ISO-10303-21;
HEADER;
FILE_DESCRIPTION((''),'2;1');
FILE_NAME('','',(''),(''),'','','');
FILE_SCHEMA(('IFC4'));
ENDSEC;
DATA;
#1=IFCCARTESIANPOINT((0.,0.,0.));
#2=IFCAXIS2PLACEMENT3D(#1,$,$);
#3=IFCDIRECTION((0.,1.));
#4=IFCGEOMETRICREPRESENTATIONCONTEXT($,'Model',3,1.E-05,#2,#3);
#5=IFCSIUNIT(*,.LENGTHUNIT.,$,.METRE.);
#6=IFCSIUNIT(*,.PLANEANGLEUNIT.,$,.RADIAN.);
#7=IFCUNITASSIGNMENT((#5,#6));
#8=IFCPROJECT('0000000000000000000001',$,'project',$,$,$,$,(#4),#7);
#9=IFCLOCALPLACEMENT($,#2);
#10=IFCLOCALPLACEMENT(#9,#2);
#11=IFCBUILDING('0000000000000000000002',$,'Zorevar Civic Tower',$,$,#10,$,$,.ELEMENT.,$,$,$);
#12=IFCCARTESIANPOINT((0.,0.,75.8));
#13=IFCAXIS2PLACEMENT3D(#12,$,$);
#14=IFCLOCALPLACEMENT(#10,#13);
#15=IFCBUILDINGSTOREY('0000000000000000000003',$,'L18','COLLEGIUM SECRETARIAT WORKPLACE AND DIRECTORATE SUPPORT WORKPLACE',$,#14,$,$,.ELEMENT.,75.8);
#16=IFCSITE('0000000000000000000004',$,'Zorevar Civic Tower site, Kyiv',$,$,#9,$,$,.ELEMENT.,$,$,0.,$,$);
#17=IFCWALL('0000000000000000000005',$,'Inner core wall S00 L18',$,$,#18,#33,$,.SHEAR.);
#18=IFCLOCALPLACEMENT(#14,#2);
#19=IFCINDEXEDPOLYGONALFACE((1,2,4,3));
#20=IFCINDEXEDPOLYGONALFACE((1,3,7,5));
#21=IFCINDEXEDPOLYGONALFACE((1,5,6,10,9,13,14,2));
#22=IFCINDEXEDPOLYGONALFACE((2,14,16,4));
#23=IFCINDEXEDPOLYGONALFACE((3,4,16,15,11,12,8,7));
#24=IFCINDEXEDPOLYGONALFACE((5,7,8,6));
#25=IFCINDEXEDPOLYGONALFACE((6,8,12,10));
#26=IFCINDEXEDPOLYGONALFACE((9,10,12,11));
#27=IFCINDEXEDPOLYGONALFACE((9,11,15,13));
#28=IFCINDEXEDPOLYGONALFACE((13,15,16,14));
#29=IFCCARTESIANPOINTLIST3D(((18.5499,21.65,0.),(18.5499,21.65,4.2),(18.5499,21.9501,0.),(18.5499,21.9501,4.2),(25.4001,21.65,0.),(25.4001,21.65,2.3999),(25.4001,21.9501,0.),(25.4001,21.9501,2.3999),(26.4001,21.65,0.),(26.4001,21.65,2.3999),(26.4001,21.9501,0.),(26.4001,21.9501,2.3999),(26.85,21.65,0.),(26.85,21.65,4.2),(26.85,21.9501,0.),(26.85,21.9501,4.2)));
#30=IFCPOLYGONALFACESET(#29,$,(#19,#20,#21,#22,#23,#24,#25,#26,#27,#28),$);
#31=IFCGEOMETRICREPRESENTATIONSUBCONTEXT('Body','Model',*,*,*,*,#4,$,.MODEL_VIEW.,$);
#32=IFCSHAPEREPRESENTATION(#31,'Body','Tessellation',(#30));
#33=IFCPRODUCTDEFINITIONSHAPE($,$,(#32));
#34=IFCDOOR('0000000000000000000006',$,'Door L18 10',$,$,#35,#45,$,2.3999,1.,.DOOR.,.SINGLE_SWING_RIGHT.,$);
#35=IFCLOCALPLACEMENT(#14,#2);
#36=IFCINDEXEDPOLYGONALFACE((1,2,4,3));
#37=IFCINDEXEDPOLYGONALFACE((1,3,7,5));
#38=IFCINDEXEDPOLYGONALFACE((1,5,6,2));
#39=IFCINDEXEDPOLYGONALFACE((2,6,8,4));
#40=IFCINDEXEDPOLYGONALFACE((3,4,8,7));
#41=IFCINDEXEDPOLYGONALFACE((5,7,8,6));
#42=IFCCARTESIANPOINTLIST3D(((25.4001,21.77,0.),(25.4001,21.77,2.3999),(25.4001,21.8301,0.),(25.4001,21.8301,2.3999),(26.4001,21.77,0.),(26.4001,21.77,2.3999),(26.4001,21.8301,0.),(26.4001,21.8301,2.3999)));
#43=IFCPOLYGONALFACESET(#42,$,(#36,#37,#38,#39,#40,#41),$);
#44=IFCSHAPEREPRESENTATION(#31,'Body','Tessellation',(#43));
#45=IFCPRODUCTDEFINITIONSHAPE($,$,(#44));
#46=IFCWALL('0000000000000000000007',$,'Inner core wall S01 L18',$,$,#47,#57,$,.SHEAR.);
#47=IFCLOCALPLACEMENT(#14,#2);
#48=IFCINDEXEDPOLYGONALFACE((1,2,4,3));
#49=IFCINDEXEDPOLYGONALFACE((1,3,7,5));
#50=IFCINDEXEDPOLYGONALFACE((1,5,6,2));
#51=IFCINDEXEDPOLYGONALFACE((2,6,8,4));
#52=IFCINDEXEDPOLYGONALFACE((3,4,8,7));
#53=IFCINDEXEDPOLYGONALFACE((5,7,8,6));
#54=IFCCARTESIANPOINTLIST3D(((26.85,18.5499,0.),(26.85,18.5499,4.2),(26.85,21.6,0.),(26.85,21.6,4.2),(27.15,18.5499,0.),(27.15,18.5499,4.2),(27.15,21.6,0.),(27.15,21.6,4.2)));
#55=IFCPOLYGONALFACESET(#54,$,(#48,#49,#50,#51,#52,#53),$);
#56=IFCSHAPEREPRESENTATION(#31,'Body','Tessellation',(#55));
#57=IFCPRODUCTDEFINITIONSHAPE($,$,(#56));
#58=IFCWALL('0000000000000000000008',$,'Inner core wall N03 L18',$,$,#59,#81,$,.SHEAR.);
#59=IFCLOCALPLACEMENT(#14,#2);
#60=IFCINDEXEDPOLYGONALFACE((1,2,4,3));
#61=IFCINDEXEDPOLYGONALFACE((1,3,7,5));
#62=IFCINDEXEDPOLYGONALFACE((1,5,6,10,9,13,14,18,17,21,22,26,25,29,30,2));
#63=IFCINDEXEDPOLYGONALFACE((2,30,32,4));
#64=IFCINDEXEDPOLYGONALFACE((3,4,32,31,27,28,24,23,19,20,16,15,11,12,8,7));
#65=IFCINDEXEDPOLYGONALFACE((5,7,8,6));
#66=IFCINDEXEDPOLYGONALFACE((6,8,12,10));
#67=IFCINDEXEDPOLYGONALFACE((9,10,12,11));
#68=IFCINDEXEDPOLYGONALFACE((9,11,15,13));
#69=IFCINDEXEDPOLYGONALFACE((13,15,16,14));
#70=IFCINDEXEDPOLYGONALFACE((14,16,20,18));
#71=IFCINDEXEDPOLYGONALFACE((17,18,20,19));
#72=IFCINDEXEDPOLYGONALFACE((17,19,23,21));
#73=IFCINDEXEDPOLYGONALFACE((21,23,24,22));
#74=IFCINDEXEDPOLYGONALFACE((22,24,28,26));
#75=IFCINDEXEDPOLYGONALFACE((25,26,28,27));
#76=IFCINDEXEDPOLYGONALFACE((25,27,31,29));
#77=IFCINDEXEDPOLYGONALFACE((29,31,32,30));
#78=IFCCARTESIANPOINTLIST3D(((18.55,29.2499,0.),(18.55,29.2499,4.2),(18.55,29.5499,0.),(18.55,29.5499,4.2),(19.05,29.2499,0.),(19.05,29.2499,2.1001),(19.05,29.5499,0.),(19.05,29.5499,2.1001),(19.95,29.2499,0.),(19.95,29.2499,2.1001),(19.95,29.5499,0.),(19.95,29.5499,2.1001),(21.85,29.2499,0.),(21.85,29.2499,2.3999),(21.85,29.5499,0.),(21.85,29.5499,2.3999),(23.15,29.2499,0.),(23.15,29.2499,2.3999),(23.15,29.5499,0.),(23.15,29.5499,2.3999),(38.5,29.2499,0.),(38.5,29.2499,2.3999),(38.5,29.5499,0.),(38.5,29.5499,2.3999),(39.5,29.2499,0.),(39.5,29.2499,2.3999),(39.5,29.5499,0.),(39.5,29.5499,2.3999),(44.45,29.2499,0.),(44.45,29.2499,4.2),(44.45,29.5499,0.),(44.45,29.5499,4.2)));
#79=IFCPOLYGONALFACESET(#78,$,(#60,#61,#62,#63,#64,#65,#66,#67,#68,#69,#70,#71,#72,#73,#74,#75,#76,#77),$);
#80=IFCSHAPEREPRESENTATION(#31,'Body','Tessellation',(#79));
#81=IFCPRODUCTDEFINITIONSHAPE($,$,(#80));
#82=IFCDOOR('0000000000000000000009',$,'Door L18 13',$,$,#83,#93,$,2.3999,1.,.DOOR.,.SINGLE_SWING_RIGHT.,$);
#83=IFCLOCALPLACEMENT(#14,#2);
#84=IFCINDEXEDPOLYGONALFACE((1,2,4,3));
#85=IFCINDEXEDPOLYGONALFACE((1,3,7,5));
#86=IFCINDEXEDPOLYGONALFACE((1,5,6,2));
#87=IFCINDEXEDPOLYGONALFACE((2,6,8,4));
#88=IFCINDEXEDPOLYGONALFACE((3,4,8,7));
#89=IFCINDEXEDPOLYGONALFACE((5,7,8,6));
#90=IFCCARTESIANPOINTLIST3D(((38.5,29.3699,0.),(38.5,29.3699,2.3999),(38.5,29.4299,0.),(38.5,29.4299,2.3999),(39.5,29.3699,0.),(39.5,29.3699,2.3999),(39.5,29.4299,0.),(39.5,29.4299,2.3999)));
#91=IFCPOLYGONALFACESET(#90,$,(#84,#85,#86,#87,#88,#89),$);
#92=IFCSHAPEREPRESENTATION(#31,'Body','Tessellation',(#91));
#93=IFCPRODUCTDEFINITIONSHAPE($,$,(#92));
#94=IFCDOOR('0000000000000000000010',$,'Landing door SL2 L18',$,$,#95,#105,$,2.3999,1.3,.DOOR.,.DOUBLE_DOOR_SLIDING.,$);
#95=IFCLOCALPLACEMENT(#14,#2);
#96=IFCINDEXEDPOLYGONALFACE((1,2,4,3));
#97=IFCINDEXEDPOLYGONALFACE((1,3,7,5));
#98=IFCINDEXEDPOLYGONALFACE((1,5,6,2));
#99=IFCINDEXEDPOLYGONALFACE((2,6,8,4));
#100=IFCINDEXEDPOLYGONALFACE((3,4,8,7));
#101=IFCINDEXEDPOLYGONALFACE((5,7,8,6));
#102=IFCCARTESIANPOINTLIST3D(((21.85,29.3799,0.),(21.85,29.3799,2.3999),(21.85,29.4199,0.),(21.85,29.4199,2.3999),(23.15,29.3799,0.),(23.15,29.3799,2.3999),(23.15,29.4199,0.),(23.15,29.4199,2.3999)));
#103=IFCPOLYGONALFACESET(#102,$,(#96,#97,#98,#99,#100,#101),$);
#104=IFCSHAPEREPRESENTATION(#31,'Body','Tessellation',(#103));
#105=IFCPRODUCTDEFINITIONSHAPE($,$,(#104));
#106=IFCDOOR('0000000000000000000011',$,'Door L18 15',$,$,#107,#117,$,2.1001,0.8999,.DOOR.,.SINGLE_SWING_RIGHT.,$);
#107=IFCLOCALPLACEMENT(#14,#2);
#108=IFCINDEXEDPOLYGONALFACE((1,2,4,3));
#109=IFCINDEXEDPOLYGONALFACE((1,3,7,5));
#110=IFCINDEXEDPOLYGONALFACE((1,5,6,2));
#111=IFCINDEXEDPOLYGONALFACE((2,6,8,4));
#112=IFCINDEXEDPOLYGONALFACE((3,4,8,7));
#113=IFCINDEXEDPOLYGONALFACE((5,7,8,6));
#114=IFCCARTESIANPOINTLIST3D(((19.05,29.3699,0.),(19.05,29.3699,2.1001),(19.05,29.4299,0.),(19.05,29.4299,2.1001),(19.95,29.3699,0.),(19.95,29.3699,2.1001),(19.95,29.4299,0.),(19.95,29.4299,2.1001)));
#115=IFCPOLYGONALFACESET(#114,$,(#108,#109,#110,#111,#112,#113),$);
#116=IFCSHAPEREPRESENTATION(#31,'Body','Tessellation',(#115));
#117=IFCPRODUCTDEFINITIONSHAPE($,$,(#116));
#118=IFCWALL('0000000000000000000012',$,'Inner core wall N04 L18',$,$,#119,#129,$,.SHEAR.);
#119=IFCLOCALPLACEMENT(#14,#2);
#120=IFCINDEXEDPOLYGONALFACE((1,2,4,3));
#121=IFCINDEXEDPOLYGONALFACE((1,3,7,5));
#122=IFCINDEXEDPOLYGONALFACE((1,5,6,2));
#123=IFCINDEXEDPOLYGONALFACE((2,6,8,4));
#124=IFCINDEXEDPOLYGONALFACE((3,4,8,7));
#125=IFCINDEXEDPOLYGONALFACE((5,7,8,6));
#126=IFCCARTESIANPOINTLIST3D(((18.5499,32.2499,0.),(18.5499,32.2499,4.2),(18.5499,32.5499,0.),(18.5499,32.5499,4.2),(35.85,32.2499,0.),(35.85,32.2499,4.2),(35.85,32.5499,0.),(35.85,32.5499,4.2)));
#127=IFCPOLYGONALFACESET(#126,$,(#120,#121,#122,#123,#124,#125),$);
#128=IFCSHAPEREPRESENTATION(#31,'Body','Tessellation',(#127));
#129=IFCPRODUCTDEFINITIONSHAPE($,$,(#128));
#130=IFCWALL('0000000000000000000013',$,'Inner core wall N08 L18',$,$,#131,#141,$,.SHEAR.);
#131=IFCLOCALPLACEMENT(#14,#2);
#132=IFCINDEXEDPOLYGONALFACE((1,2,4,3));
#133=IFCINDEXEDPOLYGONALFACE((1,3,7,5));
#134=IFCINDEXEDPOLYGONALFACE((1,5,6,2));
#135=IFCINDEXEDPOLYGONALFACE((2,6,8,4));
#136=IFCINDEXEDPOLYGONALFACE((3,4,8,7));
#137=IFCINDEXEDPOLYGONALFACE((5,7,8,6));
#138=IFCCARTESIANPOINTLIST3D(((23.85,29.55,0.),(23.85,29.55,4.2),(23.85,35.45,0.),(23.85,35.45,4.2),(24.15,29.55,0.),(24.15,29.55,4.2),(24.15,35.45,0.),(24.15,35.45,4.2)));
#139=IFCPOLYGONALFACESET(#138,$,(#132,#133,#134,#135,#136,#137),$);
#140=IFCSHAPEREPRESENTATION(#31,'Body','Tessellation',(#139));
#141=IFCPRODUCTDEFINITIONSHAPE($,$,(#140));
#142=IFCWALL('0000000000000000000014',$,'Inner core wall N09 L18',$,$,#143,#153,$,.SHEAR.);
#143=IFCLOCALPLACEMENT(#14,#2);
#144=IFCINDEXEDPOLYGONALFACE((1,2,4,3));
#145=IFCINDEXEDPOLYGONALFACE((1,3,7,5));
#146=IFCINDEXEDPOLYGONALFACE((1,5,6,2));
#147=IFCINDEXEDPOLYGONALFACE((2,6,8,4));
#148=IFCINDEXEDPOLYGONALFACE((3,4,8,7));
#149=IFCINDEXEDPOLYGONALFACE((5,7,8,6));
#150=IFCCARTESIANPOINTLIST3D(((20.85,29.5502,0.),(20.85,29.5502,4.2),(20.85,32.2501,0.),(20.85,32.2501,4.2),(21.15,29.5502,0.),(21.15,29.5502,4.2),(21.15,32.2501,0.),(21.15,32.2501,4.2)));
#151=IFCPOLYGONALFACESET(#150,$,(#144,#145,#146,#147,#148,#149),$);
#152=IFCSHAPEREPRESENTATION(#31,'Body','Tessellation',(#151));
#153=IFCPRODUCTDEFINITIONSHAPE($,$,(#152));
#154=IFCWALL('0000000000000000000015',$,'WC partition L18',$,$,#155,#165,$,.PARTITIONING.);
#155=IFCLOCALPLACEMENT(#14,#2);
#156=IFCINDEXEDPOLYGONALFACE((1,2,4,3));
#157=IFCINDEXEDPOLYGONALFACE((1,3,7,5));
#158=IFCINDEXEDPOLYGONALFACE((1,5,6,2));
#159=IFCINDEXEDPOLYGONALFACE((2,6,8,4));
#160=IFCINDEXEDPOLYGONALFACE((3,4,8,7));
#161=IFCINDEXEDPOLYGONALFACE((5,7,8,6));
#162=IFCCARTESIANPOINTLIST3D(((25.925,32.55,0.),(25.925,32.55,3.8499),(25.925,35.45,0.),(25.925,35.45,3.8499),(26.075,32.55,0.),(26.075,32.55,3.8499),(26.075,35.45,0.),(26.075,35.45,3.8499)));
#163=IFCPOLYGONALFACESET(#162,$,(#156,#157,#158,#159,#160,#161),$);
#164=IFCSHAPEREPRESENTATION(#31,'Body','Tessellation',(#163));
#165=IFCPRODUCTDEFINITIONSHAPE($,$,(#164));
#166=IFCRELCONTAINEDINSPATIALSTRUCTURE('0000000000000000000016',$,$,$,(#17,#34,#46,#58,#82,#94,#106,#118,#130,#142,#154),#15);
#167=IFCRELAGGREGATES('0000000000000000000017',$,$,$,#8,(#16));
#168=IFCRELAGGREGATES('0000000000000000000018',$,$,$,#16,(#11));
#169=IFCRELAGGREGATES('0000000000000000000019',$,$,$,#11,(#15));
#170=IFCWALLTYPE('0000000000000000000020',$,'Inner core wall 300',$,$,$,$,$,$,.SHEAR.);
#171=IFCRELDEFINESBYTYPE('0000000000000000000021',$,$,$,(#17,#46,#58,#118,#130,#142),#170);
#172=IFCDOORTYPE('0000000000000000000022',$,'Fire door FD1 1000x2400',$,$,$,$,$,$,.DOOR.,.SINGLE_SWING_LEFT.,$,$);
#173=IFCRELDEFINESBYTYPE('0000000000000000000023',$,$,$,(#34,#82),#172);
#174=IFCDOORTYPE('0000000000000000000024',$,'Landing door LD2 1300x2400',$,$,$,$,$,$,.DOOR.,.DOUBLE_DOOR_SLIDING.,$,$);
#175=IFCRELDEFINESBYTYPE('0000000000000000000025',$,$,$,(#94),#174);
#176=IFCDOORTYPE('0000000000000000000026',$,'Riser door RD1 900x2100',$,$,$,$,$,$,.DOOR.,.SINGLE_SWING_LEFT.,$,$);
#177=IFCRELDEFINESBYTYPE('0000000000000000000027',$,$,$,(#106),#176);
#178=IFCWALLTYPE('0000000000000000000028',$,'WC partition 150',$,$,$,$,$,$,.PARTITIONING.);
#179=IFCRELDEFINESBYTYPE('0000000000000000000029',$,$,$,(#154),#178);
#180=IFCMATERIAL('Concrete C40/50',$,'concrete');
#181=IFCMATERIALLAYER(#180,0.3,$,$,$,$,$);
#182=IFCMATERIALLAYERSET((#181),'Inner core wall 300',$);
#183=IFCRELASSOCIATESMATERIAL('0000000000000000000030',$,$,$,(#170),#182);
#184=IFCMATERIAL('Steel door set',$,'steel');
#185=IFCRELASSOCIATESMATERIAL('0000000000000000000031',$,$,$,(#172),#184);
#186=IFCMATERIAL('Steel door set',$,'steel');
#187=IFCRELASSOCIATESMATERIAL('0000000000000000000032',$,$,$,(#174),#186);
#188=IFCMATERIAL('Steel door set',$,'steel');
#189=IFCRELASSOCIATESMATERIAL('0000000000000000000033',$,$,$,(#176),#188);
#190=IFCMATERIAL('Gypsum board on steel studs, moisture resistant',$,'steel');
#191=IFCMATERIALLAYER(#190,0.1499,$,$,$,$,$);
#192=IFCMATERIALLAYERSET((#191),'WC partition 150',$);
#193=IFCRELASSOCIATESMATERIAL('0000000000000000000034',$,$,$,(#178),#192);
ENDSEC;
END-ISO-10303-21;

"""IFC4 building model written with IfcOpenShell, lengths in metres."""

from ifc_helpers import new_model, si_unit, direction, frame, frame_2d, origin, place, context, subcontext, project, spatial, rectangle, extrude, material, layer, layer_set, type_object, element, fill, save


model = new_model("IFC4")

# Units and contexts
model_context = context("Model", 3, precision=1e-05, world=origin(), true_north=direction((0.0, 1.0)))
body_context = subcontext(model_context, "Body", "Model", "MODEL_VIEW")
ifc_project = project(units=[si_unit("LENGTHUNIT", "METRE"), si_unit("PLANEANGLEUNIT", "RADIAN")], contexts=[model_context])

# Site, building, storey
site_placement = place(None, origin())
site = spatial("IfcSite", under=ifc_project, at=site_placement, Name="Zorevar Civic Tower site, Kyiv", CompositionType="ELEMENT", RefElevation=0.0)
building_placement = place(site_placement, origin())
building = spatial("IfcBuilding", under=site, at=building_placement, Name="Zorevar Civic Tower", CompositionType="ELEMENT")
storey_placement = place(building_placement, frame((0.0, 0.0, 75.8)))
storey = spatial("IfcBuildingStorey", under=building, at=storey_placement, Name="L18", Description="COLLEGIUM SECRETARIAT WORKPLACE AND DIRECTORATE SUPPORT WORKPLACE", CompositionType="ELEMENT", Elevation=75.8)

# Wall, opening, door
ifc_material_1 = material(Name="Concrete C40/50", Category="concrete")
ifc_layer_1 = layer(ifc_material_1, 0.3)
ifc_layer_set_1 = layer_set([ifc_layer_1], Name="Inner core wall 300")
wall_type_1 = type_object("IfcWallType", Name="Inner core wall 300", PredefinedType="SHEAR", material=ifc_layer_set_1)
wall_1_placement = place(storey_placement, frame((18.55, 21.8, 0.0), z_axis=(0.0, 0.0, 1.0), x_axis=(1.0, 0.0, 0.0)))
wall_1 = element("IfcWall", 1, at=wall_1_placement, inside=storey, type_object=wall_type_1, Name="Inner core wall S00 L18", PredefinedType="SHEAR", context=body_context, shape_type="SweptSolid", body=[
    extrude(rectangle(XDim=8.3, YDim=0.3, at=frame_2d((4.1499, 0.0))), origin(), (0.0, 0.0, 1.0), 4.2),
])
opening_1_placement = place(wall_1_placement, frame((6.8501, 0.0, 0.0)))
opening_1 = element("IfcOpeningElement", 2, at=opening_1_placement, cuts=wall_1, PredefinedType="OPENING", context=body_context, shape_type="SweptSolid", body=[
    extrude(rectangle(XDim=1.0, YDim=2.3999, at=frame_2d((0.5, 1.2))), frame((0.0, 0.1599, 0.0), z_axis=(0.0, -1.0, 0.0), x_axis=(1.0, 0.0, 0.0)), (0.0, 0.0, 1.0), 0.3201),
])
ifc_material_2 = material(Name="Steel door set", Category="steel")
door_type_1 = type_object("IfcDoorType", Name="Fire door FD1 1000x2400", OperationType="SINGLE_SWING_LEFT", PredefinedType="DOOR", material=ifc_material_2)
door_1_placement = place(opening_1_placement, origin())
door_1 = element("IfcDoor", 3, at=door_1_placement, inside=storey, type_object=door_type_1, Name="Door L18 10", OperationType="SINGLE_SWING_RIGHT", OverallHeight=2.3999, OverallWidth=1.0, PredefinedType="DOOR", context=body_context, shape_type="SweptSolid", body=[
    extrude(rectangle(XDim=1.0, YDim=2.3999, at=frame_2d((0.5, 1.2))), frame((0.0, 0.03, 0.0), z_axis=(0.0, -1.0, 0.0), x_axis=(1.0, 0.0, 0.0)), (0.0, 0.0, 1.0), 0.0601),
])
fill(opening_1, door_1)

# Wall
wall_2_placement = place(storey_placement, frame((27.0, 18.55, 0.0), z_axis=(0.0, 0.0, 1.0), x_axis=(0.0, 1.0, 0.0)))
element("IfcWall", 4, at=wall_2_placement, inside=storey, type_object=wall_type_1, Name="Inner core wall S01 L18", PredefinedType="SHEAR", context=body_context, shape_type="SweptSolid", body=[
    extrude(rectangle(XDim=3.05, YDim=0.3, at=frame_2d((1.5249, 0.0))), origin(), (0.0, 0.0, 1.0), 4.2),
])

# Wall, openings, doors
ifc_material_3 = material(Name="Steel door set", Category="steel")
door_type_2 = type_object("IfcDoorType", Name="Landing door LD2 1300x2400", OperationType="DOUBLE_DOOR_SLIDING", PredefinedType="DOOR", material=ifc_material_3)
ifc_material_4 = material(Name="Steel door set", Category="steel")
door_type_3 = type_object("IfcDoorType", Name="Riser door RD1 900x2100", OperationType="SINGLE_SWING_LEFT", PredefinedType="DOOR", material=ifc_material_4)
wall_3_placement = place(storey_placement, frame((18.55, 29.3999, 0.0), z_axis=(0.0, 0.0, 1.0), x_axis=(1.0, 0.0, 0.0)))
wall_3 = element("IfcWall", 5, at=wall_3_placement, inside=storey, type_object=wall_type_1, Name="Inner core wall N03 L18", PredefinedType="SHEAR", context=body_context, shape_type="SweptSolid", body=[
    extrude(rectangle(XDim=25.8999, YDim=0.3, at=frame_2d((12.95, 0.0))), origin(), (0.0, 0.0, 1.0), 4.2),
])
opening_2_placement = place(wall_3_placement, frame((19.95, 0.0, 0.0)))
opening_2 = element("IfcOpeningElement", 6, at=opening_2_placement, cuts=wall_3, PredefinedType="OPENING", context=body_context, shape_type="SweptSolid", body=[
    extrude(rectangle(XDim=1.0, YDim=2.3999, at=frame_2d((0.5, 1.2))), frame((0.0, 0.1599, 0.0), z_axis=(0.0, -1.0, 0.0), x_axis=(1.0, 0.0, 0.0)), (0.0, 0.0, 1.0), 0.3201),
])
opening_3_placement = place(wall_3_placement, frame((0.5, 0.0, 0.0)))
opening_3 = element("IfcOpeningElement", 7, at=opening_3_placement, cuts=wall_3, PredefinedType="OPENING", context=body_context, shape_type="SweptSolid", body=[
    extrude(rectangle(XDim=0.8999, YDim=2.1001, at=frame_2d((0.45, 1.05))), frame((0.0, 0.1599, 0.0), z_axis=(0.0, -1.0, 0.0), x_axis=(1.0, 0.0, 0.0)), (0.0, 0.0, 1.0), 0.3201),
])
opening_4_placement = place(wall_3_placement, frame((3.3, 0.0, 0.0)))
opening_4 = element("IfcOpeningElement", 8, at=opening_4_placement, cuts=wall_3, PredefinedType="OPENING", context=body_context, shape_type="SweptSolid", body=[
    extrude(rectangle(XDim=1.3, YDim=2.3999, at=frame_2d((0.6499, 1.2))), frame((0.0, 0.1599, 0.0), z_axis=(0.0, -1.0, 0.0), x_axis=(1.0, 0.0, 0.0)), (0.0, 0.0, 1.0), 0.3201),
])
door_2_placement = place(opening_2_placement, origin())
door_2 = element("IfcDoor", 9, at=door_2_placement, inside=storey, type_object=door_type_1, Name="Door L18 13", OperationType="SINGLE_SWING_RIGHT", OverallHeight=2.3999, OverallWidth=1.0, PredefinedType="DOOR", context=body_context, shape_type="SweptSolid", body=[
    extrude(rectangle(XDim=1.0, YDim=2.3999, at=frame_2d((0.5, 1.2))), frame((0.0, 0.03, 0.0), z_axis=(0.0, -1.0, 0.0), x_axis=(1.0, 0.0, 0.0)), (0.0, 0.0, 1.0), 0.0601),
])
fill(opening_2, door_2)
door_3_placement = place(opening_4_placement, origin())
door_3 = element("IfcDoor", 10, at=door_3_placement, inside=storey, type_object=door_type_2, Name="Landing door SL2 L18", OperationType="DOUBLE_DOOR_SLIDING", OverallHeight=2.3999, OverallWidth=1.3, PredefinedType="DOOR", context=body_context, shape_type="SweptSolid", body=[
    extrude(rectangle(XDim=1.3, YDim=2.3999, at=frame_2d((0.6499, 1.2))), frame((0.0, 0.02, 0.0), z_axis=(0.0, -1.0, 0.0), x_axis=(1.0, 0.0, 0.0)), (0.0, 0.0, 1.0), 0.04),
])
fill(opening_4, door_3)
door_4_placement = place(opening_3_placement, origin())
door_4 = element("IfcDoor", 11, at=door_4_placement, inside=storey, type_object=door_type_3, Name="Door L18 15", OperationType="SINGLE_SWING_RIGHT", OverallHeight=2.1001, OverallWidth=0.8999, PredefinedType="DOOR", context=body_context, shape_type="SweptSolid", body=[
    extrude(rectangle(XDim=0.8999, YDim=2.1001, at=frame_2d((0.45, 1.05))), frame((0.0, 0.03, 0.0), z_axis=(0.0, -1.0, 0.0), x_axis=(1.0, 0.0, 0.0)), (0.0, 0.0, 1.0), 0.0601),
])
fill(opening_3, door_4)

# Walls
wall_4_placement = place(storey_placement, frame((18.55, 32.3999, 0.0), z_axis=(0.0, 0.0, 1.0), x_axis=(1.0, 0.0, 0.0)))
element("IfcWall", 12, at=wall_4_placement, inside=storey, type_object=wall_type_1, Name="Inner core wall N04 L18", PredefinedType="SHEAR", context=body_context, shape_type="SweptSolid", body=[
    extrude(rectangle(XDim=17.3, YDim=0.3, at=frame_2d((8.6499, 0.0))), origin(), (0.0, 0.0, 1.0), 4.2),
])
wall_5_placement = place(storey_placement, frame((24.0, 29.55, 0.0), z_axis=(0.0, 0.0, 1.0), x_axis=(0.0, 1.0, 0.0)))
element("IfcWall", 13, at=wall_5_placement, inside=storey, type_object=wall_type_1, Name="Inner core wall N08 L18", PredefinedType="SHEAR", context=body_context, shape_type="SweptSolid", body=[
    extrude(rectangle(XDim=5.8999, YDim=0.3, at=frame_2d((2.95, 0.0))), origin(), (0.0, 0.0, 1.0), 4.2),
])
wall_6_placement = place(storey_placement, frame((21.0, 29.55, 0.0), z_axis=(0.0, 0.0, 1.0), x_axis=(0.0, 1.0, 0.0)))
element("IfcWall", 14, at=wall_6_placement, inside=storey, type_object=wall_type_1, Name="Inner core wall N09 L18", PredefinedType="SHEAR", context=body_context, shape_type="SweptSolid", body=[
    extrude(rectangle(XDim=2.7, YDim=0.3, at=frame_2d((1.3501, 0.0))), origin(), (0.0, 0.0, 1.0), 4.2),
])
ifc_material_5 = material(Name="Gypsum board on steel studs, moisture resistant", Category="steel")
ifc_layer_2 = layer(ifc_material_5, 0.1499)
ifc_layer_set_2 = layer_set([ifc_layer_2], Name="WC partition 150")
wall_type_2 = type_object("IfcWallType", Name="WC partition 150", PredefinedType="PARTITIONING", material=ifc_layer_set_2)
wall_7_placement = place(storey_placement, frame((26.0, 32.55, 0.0), z_axis=(0.0, 0.0, 1.0), x_axis=(0.0, 1.0, 0.0)))
element("IfcWall", 15, at=wall_7_placement, inside=storey, type_object=wall_type_2, Name="WC partition L18", PredefinedType="PARTITIONING", context=body_context, shape_type="SweptSolid", body=[
    extrude(rectangle(XDim=2.8999, YDim=0.1499, at=frame_2d((1.45, 0.0))), origin(), (0.0, 0.0, 1.0), 3.8499),
])

save(model, "model.ifc")
